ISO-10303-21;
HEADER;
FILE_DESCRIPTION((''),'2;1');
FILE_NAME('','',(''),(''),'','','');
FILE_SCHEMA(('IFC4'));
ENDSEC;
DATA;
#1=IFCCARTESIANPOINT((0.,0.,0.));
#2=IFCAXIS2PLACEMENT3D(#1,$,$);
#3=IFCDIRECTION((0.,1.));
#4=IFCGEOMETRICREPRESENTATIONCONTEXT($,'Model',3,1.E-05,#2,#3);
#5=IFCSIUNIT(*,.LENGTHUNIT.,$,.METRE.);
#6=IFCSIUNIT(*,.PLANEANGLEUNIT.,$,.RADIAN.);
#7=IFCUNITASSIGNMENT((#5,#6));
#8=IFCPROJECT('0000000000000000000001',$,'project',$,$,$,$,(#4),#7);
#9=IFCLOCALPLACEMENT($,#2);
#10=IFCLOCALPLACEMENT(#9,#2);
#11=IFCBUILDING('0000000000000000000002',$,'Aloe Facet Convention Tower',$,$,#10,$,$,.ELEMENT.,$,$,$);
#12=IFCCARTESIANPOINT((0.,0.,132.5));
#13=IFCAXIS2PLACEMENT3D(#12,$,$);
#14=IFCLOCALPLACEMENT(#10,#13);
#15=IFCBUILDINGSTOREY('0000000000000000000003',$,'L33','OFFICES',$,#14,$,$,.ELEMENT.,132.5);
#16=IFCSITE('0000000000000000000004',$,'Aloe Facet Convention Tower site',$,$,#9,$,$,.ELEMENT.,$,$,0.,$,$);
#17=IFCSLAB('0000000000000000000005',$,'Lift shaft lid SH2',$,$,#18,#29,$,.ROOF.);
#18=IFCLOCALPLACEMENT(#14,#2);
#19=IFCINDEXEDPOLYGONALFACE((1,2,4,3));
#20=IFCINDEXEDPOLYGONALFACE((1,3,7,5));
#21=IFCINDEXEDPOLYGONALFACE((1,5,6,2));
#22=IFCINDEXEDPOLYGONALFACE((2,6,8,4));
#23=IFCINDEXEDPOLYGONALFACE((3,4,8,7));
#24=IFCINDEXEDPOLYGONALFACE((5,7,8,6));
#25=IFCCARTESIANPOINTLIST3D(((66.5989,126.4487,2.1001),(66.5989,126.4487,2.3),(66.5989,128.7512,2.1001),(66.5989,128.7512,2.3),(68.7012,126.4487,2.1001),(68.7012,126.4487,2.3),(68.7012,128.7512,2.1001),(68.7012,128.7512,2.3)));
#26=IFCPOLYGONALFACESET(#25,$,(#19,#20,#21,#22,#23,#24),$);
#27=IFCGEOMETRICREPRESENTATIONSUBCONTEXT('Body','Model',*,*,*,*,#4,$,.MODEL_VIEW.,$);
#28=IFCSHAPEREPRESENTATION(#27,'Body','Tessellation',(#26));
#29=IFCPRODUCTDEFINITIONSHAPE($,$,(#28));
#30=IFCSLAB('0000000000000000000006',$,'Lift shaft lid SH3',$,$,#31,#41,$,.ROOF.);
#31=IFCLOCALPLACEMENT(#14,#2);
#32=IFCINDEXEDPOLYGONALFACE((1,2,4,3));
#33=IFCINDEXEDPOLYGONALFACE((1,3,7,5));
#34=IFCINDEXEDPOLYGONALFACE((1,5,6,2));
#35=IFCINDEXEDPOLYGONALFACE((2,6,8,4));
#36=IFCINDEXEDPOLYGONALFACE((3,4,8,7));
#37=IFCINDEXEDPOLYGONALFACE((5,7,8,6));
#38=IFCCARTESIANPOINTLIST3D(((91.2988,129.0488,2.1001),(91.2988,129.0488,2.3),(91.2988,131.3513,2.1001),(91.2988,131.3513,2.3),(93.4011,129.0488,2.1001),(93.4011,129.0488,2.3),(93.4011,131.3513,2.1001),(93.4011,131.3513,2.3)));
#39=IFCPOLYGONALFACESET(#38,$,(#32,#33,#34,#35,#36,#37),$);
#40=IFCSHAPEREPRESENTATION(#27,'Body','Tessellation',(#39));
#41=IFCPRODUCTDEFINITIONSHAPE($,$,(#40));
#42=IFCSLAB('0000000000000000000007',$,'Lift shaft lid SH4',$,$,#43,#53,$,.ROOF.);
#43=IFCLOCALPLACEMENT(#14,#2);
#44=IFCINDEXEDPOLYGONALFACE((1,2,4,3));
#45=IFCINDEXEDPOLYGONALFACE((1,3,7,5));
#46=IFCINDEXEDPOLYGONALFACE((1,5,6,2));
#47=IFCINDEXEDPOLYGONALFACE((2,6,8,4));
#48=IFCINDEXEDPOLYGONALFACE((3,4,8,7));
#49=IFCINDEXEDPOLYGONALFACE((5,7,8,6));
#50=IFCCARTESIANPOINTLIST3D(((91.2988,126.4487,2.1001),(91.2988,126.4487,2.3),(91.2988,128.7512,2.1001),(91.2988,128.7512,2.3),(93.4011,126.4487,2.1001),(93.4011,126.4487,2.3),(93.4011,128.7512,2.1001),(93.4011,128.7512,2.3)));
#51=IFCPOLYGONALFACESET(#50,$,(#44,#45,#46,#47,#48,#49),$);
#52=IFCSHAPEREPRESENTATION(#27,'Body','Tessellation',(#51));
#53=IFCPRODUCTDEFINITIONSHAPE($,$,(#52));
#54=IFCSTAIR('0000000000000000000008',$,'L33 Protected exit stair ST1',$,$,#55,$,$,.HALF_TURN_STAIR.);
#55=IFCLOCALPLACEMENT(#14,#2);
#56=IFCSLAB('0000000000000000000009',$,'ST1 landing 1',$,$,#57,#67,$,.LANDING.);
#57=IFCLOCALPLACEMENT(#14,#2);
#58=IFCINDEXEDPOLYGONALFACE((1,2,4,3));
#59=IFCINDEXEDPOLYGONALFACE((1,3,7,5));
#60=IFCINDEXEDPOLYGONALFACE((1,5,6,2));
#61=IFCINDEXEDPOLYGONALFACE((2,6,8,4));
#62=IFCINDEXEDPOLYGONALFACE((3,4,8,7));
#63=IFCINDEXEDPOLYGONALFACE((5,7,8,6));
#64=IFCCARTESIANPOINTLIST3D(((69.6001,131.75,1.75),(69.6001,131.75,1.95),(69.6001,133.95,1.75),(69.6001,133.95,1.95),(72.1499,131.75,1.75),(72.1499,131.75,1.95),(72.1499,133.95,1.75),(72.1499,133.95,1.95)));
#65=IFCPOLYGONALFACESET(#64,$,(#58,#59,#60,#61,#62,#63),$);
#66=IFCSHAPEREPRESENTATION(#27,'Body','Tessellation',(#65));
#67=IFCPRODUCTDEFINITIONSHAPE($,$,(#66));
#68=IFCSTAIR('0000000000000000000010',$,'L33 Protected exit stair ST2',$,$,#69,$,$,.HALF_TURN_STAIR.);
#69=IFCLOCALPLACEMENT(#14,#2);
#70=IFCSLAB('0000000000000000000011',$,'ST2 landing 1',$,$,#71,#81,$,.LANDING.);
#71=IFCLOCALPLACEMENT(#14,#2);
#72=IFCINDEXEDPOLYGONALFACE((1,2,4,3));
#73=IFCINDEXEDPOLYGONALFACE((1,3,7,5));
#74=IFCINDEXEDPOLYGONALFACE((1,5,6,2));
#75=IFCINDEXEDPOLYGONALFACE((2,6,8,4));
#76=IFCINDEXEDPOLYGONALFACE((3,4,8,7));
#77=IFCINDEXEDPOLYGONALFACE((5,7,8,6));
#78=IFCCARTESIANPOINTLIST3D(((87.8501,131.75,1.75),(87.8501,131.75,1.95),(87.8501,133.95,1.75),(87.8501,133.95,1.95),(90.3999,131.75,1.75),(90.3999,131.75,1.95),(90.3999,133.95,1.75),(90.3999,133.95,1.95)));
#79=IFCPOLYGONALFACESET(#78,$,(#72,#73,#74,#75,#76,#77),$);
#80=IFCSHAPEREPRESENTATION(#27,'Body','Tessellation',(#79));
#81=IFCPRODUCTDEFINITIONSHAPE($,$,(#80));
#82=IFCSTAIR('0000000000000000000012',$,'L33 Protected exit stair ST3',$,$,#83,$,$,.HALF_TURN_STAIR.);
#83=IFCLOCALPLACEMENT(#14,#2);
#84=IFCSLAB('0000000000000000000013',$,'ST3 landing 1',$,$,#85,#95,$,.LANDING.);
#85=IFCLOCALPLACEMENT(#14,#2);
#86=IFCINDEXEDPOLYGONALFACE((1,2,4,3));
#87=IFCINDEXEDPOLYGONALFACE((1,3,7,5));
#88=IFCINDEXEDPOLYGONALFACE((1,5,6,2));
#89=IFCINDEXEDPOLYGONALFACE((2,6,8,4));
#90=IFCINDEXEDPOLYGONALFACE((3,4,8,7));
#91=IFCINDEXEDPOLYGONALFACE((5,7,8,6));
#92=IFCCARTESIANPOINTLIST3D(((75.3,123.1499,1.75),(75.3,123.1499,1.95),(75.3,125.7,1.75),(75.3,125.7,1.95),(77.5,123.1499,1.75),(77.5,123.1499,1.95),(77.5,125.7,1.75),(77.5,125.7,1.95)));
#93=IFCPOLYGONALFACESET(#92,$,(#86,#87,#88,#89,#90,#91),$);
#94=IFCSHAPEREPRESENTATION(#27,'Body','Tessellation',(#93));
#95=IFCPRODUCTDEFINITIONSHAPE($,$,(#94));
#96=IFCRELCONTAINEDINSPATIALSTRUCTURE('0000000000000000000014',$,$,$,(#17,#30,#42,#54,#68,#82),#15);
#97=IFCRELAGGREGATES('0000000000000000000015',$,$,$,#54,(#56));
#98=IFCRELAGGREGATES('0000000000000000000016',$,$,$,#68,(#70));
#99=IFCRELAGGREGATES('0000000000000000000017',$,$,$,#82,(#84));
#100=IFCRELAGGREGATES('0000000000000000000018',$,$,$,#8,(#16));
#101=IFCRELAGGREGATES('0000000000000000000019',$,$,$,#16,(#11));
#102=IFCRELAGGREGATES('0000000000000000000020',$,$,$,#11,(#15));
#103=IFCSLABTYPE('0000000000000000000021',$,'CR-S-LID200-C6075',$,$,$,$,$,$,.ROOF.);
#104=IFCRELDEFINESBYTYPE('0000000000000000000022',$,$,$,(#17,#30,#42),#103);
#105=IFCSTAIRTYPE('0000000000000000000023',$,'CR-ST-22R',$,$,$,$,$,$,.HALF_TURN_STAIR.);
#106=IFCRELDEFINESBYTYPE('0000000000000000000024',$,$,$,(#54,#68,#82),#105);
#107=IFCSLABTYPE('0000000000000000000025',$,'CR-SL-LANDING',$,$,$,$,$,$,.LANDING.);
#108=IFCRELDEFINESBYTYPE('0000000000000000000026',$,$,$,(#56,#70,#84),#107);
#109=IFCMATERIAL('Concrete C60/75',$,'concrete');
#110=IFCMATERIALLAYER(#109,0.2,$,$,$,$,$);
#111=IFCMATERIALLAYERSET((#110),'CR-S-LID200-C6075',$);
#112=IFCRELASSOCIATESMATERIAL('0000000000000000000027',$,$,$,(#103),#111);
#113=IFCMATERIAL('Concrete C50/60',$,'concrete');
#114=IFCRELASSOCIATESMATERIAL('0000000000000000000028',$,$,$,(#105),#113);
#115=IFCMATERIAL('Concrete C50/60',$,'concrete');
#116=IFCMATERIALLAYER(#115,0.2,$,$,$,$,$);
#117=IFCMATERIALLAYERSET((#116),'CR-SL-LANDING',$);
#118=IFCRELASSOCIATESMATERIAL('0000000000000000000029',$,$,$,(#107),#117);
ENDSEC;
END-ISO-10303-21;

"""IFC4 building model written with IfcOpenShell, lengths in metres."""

from ifc_helpers import new_model, si_unit, direction, frame, origin, place, context, subcontext, project, spatial, polyline, outline, extrude, material, layer, layer_set, type_object, element, aggregate, save


model = new_model("IFC4")

# Units and contexts
model_context = context("Model", 3, precision=1e-05, world=origin(), true_north=direction((0.0, 1.0)))
body_context = subcontext(model_context, "Body", "Model", "MODEL_VIEW")
ifc_project = project(units=[si_unit("LENGTHUNIT", "METRE"), si_unit("PLANEANGLEUNIT", "RADIAN")], contexts=[model_context])

# Site, building, storey
site_placement = place(None, origin())
site = spatial("IfcSite", under=ifc_project, at=site_placement, Name="Aloe Facet Convention Tower site", CompositionType="ELEMENT", RefElevation=0.0)
building_placement = place(site_placement, origin())
building = spatial("IfcBuilding", under=site, at=building_placement, Name="Aloe Facet Convention Tower", CompositionType="ELEMENT")
storey_placement = place(building_placement, frame((0.0, 0.0, 132.5)))
storey = spatial("IfcBuildingStorey", under=building, at=storey_placement, Name="L33", Description="OFFICES", CompositionType="ELEMENT", Elevation=132.5)

# Slabs
ifc_material_1 = material(Name="Concrete C60/75", Category="concrete")
ifc_layer_1 = layer(ifc_material_1, 0.2)
ifc_layer_set_1 = layer_set([ifc_layer_1], Name="CR-S-LID200-C6075")
slab_type_1 = type_object("IfcSlabType", Name="CR-S-LID200-C6075", PredefinedType="ROOF", material=ifc_layer_set_1)
slab_1_placement = place(storey_placement, frame((0.0, 0.0, 2.1001)))
element("IfcSlab", 1, at=slab_1_placement, inside=storey, type_object=slab_type_1, Name="Lift shaft lid SH2", PredefinedType="ROOF", context=body_context, shape_type="SweptSolid", body=[
    extrude(outline(polyline([(68.7012, 128.7512), (68.7012, 126.4487), (66.5989, 126.4487), (66.5989, 128.7512), (68.7012, 128.7512)])), origin(), (0.0, 0.0, 1.0), 0.2),
])
slab_2_placement = place(storey_placement, frame((0.0, 0.0, 2.1001)))
element("IfcSlab", 2, at=slab_2_placement, inside=storey, type_object=slab_type_1, Name="Lift shaft lid SH3", PredefinedType="ROOF", context=body_context, shape_type="SweptSolid", body=[
    extrude(outline(polyline([(93.4011, 131.3513), (93.4011, 129.0488), (91.2988, 129.0488), (91.2988, 131.3513), (93.4011, 131.3513)])), origin(), (0.0, 0.0, 1.0), 0.2),
])
slab_3_placement = place(storey_placement, frame((0.0, 0.0, 2.1001)))
element("IfcSlab", 3, at=slab_3_placement, inside=storey, type_object=slab_type_1, Name="Lift shaft lid SH4", PredefinedType="ROOF", context=body_context, shape_type="SweptSolid", body=[
    extrude(outline(polyline([(93.4011, 128.7512), (93.4011, 126.4487), (91.2988, 126.4487), (91.2988, 128.7512), (93.4011, 128.7512)])), origin(), (0.0, 0.0, 1.0), 0.2),
])

# Stairs, slabs
ifc_material_2 = material(Name="Concrete C50/60", Category="concrete")
stair_type = type_object("IfcStairType", Name="CR-ST-22R", PredefinedType="HALF_TURN_STAIR", material=ifc_material_2)
stair_1_placement = place(storey_placement, origin())
stair_1 = element("IfcStair", 4, at=stair_1_placement, inside=storey, type_object=stair_type, Name="L33 Protected exit stair ST1", PredefinedType="HALF_TURN_STAIR")
ifc_material_3 = material(Name="Concrete C50/60", Category="concrete")
ifc_layer_2 = layer(ifc_material_3, 0.2)
ifc_layer_set_2 = layer_set([ifc_layer_2], Name="CR-SL-LANDING")
slab_type_2 = type_object("IfcSlabType", Name="CR-SL-LANDING", PredefinedType="LANDING", material=ifc_layer_set_2)
slab_4_placement = place(storey_placement, frame((0.0, 0.0, 1.75)))
slab_4 = element("IfcSlab", 5, at=slab_4_placement, type_object=slab_type_2, Name="ST1 landing 1", PredefinedType="LANDING", context=body_context, shape_type="SweptSolid", body=[
    extrude(outline(polyline([(72.1499, 131.75), (72.1499, 133.95), (69.6001, 133.95), (69.6001, 131.75), (72.1499, 131.75)])), origin(), (0.0, 0.0, 1.0), 0.2),
])
aggregate(stair_1, [slab_4])
stair_2_placement = place(storey_placement, origin())
stair_2 = element("IfcStair", 6, at=stair_2_placement, inside=storey, type_object=stair_type, Name="L33 Protected exit stair ST2", PredefinedType="HALF_TURN_STAIR")
slab_5_placement = place(storey_placement, frame((0.0, 0.0, 1.75)))
slab_5 = element("IfcSlab", 7, at=slab_5_placement, type_object=slab_type_2, Name="ST2 landing 1", PredefinedType="LANDING", context=body_context, shape_type="SweptSolid", body=[
    extrude(outline(polyline([(90.3999, 131.75), (90.3999, 133.95), (87.8501, 133.95), (87.8501, 131.75), (90.3999, 131.75)])), origin(), (0.0, 0.0, 1.0), 0.2),
])
aggregate(stair_2, [slab_5])
stair_3_placement = place(storey_placement, origin())
stair_3 = element("IfcStair", 8, at=stair_3_placement, inside=storey, type_object=stair_type, Name="L33 Protected exit stair ST3", PredefinedType="HALF_TURN_STAIR")
slab_6_placement = place(storey_placement, frame((0.0, 0.0, 1.75)))
slab_6 = element("IfcSlab", 9, at=slab_6_placement, type_object=slab_type_2, Name="ST3 landing 1", PredefinedType="LANDING", context=body_context, shape_type="SweptSolid", body=[
    extrude(outline(polyline([(77.5, 125.7), (75.3, 125.7), (75.3, 123.1499), (77.5, 123.1499), (77.5, 125.7)])), origin(), (0.0, 0.0, 1.0), 0.2),
])
aggregate(stair_3, [slab_6])

save(model, "model.ifc")
